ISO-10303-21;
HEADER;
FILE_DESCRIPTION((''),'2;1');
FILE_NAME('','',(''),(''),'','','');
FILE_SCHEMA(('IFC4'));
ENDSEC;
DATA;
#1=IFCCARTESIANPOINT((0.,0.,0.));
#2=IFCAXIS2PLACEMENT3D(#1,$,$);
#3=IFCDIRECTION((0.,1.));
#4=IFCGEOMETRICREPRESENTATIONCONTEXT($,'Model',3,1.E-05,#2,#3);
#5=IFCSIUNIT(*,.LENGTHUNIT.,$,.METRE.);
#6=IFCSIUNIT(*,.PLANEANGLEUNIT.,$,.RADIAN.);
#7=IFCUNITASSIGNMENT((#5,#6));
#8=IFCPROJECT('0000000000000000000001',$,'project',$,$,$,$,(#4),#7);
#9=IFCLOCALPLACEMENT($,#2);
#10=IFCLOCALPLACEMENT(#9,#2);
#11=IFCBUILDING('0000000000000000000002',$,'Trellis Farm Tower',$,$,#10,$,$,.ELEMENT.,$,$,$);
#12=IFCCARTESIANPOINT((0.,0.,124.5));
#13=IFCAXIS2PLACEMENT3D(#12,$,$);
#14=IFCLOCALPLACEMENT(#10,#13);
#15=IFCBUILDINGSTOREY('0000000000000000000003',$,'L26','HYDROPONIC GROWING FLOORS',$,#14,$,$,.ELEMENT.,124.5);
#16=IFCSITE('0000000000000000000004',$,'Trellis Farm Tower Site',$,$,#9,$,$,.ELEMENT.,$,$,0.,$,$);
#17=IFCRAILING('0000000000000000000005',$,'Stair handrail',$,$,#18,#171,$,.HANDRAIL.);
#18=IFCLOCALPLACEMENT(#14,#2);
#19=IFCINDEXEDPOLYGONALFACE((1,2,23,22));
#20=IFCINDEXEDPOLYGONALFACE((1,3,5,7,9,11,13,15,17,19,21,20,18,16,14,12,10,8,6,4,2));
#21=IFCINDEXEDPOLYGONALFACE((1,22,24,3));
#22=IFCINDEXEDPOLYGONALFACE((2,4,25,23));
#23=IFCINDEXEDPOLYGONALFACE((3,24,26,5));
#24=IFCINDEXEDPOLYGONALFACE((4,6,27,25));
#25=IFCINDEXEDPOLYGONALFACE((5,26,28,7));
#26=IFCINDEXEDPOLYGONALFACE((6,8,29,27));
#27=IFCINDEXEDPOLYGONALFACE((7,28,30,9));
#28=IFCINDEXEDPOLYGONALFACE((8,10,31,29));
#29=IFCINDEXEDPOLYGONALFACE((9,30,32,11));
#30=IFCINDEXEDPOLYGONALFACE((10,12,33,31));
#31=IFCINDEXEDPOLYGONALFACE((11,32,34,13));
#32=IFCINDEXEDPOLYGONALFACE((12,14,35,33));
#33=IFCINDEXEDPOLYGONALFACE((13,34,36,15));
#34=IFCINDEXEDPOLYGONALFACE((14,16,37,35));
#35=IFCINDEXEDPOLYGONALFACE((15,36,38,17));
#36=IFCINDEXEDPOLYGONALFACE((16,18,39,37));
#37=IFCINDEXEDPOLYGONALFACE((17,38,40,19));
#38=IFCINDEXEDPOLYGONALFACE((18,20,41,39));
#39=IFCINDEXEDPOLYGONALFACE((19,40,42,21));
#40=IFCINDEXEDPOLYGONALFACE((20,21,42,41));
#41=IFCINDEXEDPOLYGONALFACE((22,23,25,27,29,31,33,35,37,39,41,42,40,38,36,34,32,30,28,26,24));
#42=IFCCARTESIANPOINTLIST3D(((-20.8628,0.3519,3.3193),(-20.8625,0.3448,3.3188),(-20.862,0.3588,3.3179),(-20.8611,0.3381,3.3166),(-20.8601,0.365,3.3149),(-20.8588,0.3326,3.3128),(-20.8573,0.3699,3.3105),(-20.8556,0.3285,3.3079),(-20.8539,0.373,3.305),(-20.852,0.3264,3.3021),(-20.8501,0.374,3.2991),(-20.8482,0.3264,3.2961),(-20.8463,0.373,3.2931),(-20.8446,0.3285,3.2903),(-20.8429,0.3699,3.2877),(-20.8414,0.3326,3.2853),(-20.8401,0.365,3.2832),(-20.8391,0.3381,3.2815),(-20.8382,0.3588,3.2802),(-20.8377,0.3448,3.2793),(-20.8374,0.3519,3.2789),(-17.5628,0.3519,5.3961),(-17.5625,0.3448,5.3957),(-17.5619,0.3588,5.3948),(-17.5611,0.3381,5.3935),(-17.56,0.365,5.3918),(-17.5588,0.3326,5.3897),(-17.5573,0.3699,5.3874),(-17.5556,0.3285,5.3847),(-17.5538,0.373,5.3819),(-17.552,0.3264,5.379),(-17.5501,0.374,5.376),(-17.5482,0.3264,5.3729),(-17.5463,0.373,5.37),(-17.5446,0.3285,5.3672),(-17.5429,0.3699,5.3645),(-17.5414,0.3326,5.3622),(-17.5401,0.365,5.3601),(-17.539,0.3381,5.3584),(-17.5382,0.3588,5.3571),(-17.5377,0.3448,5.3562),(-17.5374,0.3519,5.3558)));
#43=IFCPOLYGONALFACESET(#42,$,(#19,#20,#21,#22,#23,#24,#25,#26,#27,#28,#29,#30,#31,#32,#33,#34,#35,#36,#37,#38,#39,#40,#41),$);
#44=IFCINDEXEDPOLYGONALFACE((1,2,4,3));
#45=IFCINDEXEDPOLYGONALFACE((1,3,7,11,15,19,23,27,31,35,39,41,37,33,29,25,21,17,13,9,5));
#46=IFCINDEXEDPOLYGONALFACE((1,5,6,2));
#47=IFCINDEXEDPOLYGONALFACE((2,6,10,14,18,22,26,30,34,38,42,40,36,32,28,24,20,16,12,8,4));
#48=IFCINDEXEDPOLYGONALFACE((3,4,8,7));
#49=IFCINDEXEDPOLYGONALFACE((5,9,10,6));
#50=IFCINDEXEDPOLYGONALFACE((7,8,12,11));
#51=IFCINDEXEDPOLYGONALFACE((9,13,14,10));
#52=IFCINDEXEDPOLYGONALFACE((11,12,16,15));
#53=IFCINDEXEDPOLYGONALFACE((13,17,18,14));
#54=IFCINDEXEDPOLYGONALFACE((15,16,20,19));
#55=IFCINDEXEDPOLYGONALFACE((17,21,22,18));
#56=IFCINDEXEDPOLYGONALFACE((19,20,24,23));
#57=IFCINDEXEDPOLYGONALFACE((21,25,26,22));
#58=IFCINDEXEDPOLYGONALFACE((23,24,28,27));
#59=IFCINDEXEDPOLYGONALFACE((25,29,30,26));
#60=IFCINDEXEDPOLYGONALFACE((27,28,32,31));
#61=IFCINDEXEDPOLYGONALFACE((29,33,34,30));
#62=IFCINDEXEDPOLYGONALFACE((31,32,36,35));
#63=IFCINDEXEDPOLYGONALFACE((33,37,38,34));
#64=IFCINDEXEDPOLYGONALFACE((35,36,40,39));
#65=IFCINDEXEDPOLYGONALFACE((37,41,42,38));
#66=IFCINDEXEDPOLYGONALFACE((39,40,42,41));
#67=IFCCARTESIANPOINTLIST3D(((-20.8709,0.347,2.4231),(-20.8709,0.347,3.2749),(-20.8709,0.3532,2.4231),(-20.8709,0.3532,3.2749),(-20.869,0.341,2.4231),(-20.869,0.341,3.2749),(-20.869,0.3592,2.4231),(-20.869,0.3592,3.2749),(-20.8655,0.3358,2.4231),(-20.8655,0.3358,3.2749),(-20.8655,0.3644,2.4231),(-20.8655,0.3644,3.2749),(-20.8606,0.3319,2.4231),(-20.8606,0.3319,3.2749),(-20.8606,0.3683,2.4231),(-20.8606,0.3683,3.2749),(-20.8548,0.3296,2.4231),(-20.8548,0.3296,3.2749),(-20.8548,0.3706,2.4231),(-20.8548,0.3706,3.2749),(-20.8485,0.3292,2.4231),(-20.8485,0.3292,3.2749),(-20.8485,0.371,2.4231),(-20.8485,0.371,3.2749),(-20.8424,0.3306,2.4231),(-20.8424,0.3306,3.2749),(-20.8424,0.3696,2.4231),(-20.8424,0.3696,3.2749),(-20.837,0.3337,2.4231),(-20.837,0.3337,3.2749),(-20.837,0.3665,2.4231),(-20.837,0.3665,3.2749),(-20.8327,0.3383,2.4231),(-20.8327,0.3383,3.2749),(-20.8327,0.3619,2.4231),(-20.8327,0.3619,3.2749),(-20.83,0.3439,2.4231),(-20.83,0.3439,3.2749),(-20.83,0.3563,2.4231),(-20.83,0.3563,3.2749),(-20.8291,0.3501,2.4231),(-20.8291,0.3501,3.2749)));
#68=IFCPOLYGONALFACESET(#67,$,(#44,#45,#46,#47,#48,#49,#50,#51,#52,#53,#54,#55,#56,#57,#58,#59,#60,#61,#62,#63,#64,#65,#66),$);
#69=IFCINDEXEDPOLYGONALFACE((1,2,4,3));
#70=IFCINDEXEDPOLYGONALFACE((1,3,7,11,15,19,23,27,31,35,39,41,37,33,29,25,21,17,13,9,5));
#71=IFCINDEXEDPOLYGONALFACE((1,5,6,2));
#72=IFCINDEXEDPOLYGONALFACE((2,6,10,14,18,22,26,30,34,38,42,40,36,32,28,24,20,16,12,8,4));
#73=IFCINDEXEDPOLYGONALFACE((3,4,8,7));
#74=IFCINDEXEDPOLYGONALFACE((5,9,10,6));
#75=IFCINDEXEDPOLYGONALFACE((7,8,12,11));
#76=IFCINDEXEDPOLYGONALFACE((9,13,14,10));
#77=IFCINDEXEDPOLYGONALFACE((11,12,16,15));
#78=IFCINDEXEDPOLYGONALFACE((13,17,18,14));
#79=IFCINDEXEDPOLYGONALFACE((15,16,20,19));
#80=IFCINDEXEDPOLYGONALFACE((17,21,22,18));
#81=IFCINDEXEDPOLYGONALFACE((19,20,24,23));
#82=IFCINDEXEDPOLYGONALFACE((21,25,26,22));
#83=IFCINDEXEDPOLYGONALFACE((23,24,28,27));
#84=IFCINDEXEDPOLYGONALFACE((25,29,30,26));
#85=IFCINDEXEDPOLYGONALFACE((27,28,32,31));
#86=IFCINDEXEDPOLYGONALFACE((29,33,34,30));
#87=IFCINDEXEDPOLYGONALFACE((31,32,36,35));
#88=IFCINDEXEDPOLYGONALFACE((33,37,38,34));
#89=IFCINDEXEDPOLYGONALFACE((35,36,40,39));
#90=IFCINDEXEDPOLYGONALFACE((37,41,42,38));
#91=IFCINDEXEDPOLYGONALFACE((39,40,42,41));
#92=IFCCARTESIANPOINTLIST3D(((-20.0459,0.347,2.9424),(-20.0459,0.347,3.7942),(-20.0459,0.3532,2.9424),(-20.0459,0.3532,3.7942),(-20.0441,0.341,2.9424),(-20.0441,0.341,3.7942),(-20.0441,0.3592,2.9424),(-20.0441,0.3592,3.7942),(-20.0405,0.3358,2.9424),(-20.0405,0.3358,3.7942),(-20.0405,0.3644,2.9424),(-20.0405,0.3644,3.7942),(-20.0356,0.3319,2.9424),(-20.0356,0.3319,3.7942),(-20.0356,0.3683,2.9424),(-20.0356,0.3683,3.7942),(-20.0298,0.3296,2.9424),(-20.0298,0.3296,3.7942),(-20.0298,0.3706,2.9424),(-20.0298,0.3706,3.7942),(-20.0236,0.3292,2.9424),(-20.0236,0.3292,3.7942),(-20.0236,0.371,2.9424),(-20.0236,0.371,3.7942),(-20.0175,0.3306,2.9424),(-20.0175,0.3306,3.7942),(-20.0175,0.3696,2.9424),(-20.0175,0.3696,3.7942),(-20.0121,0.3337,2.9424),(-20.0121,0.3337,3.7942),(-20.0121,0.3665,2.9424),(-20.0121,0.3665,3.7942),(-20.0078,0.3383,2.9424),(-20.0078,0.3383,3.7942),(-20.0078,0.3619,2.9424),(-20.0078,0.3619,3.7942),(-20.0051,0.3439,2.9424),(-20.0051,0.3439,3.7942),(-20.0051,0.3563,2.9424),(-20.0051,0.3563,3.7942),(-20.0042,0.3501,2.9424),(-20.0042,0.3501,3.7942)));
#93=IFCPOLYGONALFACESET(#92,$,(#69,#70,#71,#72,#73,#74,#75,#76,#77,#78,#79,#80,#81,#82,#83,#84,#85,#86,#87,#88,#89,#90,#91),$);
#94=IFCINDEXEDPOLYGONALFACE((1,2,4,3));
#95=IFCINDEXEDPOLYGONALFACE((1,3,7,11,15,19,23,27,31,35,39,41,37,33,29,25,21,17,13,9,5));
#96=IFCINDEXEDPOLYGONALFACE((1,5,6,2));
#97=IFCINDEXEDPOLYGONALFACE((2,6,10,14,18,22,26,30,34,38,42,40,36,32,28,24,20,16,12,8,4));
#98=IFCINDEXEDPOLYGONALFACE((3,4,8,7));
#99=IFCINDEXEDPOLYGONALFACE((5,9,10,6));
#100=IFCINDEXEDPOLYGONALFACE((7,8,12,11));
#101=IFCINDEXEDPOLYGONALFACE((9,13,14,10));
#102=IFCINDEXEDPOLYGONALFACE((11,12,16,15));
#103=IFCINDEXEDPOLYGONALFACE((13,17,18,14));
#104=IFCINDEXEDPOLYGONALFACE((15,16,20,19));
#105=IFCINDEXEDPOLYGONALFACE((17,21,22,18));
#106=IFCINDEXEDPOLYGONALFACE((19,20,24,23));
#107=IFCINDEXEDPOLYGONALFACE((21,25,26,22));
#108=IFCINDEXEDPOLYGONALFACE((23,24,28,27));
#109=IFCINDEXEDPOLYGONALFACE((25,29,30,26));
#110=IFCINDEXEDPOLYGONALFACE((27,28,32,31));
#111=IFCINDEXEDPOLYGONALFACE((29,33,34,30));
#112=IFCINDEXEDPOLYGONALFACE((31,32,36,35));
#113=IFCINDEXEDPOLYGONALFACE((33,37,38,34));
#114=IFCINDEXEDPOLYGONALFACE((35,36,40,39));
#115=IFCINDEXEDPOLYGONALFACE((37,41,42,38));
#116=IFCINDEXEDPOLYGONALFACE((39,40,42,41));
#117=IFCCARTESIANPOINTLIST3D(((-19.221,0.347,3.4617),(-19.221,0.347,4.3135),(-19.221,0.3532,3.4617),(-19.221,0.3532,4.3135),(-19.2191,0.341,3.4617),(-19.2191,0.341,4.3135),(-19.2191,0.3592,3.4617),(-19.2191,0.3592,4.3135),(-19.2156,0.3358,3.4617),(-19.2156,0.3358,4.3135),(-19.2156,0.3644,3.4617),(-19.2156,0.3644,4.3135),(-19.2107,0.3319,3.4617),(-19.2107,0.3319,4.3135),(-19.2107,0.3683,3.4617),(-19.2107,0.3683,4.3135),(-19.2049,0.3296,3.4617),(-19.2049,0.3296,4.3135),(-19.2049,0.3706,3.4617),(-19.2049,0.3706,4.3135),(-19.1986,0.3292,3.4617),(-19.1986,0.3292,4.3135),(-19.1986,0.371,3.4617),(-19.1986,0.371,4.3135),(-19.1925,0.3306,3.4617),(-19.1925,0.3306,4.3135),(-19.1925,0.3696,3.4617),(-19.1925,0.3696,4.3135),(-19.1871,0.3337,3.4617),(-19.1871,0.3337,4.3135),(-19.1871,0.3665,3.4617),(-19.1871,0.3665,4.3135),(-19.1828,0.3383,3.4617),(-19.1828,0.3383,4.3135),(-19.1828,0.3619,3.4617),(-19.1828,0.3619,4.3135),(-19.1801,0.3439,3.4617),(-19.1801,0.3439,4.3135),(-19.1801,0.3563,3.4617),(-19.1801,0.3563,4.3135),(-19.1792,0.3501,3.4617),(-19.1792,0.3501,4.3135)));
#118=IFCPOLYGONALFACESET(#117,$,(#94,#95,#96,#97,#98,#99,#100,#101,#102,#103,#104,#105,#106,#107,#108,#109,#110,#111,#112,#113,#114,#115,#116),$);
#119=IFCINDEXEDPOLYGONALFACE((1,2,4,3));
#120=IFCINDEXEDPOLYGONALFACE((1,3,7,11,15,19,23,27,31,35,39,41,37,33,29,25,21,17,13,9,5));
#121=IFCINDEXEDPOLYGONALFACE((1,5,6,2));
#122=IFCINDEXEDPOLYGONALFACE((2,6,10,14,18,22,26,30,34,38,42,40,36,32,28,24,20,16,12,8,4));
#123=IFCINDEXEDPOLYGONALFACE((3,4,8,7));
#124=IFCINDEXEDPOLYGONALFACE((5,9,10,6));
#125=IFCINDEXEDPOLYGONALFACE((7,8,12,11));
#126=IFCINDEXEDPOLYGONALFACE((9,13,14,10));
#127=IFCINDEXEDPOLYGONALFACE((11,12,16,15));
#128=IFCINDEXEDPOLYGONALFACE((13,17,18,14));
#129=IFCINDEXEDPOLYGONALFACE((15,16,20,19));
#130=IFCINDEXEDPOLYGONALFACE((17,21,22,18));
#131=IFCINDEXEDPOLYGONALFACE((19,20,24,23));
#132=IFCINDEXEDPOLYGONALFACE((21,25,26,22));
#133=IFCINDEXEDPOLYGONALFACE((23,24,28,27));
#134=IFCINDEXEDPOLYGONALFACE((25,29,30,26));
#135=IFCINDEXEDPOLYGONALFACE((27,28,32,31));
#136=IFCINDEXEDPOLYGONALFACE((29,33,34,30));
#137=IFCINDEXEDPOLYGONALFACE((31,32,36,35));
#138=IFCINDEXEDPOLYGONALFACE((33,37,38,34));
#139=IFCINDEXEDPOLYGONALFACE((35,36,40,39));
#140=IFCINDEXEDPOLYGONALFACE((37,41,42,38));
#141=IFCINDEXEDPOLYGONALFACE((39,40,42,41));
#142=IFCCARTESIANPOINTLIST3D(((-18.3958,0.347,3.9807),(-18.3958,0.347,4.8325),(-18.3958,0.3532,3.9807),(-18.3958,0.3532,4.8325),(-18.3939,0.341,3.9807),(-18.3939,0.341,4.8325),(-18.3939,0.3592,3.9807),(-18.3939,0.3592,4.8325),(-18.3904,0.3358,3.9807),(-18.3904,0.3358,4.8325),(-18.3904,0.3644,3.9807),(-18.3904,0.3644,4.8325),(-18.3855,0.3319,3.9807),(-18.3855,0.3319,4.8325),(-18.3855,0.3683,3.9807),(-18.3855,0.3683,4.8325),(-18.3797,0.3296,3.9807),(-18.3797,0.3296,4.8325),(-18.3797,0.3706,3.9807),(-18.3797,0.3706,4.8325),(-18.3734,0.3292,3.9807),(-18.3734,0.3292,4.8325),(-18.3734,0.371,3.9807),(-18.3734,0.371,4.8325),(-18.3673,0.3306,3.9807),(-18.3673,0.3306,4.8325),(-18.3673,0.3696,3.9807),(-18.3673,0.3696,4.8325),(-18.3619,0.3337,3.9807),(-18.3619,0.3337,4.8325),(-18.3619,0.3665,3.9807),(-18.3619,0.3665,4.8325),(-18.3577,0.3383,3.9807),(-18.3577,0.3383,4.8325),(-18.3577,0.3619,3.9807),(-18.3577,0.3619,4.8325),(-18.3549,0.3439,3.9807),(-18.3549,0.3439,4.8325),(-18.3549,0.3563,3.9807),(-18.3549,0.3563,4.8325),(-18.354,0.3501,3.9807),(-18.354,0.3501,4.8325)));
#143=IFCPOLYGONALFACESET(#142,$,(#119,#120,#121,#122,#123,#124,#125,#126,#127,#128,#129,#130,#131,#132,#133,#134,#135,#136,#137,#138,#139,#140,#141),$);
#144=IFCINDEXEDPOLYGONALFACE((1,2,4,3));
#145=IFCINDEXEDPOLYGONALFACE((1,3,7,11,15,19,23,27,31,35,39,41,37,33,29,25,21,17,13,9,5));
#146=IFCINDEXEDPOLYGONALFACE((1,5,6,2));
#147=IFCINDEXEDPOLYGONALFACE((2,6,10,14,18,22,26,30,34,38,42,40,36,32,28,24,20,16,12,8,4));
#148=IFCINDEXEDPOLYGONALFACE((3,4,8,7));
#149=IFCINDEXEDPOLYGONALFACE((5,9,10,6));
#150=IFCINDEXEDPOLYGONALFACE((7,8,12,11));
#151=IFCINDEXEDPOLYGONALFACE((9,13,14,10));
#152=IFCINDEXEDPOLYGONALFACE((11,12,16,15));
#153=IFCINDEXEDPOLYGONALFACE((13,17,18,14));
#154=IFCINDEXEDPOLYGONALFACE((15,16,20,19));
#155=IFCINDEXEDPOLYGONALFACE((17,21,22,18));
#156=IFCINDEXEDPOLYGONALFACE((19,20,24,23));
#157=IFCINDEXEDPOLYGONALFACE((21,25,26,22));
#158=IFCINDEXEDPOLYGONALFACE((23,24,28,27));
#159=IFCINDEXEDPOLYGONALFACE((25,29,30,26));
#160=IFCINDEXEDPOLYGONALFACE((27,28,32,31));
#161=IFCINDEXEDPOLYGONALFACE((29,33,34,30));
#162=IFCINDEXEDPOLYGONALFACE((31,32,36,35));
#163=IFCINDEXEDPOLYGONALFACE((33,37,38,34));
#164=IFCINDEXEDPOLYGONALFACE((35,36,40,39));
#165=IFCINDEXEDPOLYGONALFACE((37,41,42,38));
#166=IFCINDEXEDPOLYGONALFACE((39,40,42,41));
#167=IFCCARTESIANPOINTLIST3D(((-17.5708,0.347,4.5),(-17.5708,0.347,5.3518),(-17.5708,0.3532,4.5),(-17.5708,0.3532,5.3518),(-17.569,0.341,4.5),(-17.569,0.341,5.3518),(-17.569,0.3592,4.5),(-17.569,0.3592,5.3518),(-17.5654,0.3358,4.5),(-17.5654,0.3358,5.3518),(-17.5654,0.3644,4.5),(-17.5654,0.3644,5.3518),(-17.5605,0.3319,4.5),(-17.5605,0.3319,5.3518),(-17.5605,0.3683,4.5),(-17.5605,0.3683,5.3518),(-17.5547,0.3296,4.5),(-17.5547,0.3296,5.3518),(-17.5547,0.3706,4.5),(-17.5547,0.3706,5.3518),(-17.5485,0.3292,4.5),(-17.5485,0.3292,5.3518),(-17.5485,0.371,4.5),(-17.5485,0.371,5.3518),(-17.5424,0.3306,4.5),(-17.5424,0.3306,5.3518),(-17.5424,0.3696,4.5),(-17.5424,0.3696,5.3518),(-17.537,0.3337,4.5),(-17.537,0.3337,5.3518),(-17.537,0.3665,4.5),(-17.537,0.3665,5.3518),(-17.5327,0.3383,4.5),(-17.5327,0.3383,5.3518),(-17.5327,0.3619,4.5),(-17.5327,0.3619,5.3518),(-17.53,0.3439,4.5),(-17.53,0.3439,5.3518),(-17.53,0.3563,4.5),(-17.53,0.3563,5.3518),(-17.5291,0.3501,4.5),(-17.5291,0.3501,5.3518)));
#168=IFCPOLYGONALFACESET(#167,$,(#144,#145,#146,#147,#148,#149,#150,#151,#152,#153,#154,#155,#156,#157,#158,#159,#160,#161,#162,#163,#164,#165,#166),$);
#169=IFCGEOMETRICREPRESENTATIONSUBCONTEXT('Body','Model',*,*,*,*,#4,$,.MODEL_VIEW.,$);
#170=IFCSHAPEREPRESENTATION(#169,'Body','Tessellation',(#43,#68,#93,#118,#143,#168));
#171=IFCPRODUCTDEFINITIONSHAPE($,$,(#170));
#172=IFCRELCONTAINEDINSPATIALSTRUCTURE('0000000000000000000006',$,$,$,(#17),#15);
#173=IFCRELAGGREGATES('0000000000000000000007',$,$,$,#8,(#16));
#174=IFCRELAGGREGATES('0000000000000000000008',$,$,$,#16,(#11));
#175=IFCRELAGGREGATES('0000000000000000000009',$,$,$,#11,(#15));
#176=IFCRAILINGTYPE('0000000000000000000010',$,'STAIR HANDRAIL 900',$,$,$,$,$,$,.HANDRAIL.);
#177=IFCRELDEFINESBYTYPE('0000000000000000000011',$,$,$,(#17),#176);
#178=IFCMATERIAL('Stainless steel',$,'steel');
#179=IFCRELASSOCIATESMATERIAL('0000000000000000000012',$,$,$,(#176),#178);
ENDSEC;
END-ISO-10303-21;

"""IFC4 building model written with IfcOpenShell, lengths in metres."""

from ifc_helpers import new_model, si_unit, direction, frame, origin, origin_2d, place, context, subcontext, project, spatial, circle, extrude, source, transform, mapped, material, type_object, element, save


model = new_model("IFC4")

# Units and contexts
model_context = context("Model", 3, precision=1e-05, world=origin(), true_north=direction((0.0, 1.0)))
body_context = subcontext(model_context, "Body", "Model", "MODEL_VIEW")
ifc_project = project(units=[si_unit("LENGTHUNIT", "METRE"), si_unit("PLANEANGLEUNIT", "RADIAN")], contexts=[model_context])

# Site, building, storey
site_placement = place(None, origin())
site = spatial("IfcSite", under=ifc_project, at=site_placement, Name="Trellis Farm Tower Site", CompositionType="ELEMENT", RefElevation=0.0)
building_placement = place(site_placement, origin())
building = spatial("IfcBuilding", under=site, at=building_placement, Name="Trellis Farm Tower", CompositionType="ELEMENT")
storey_placement = place(building_placement, frame((0.0, 0.0, 124.5)))
storey = spatial("IfcBuildingStorey", under=building, at=storey_placement, Name="L26", Description="HYDROPONIC GROWING FLOORS", CompositionType="ELEMENT", Elevation=124.5)

# Railing
ifc_material_1 = material(Name="Stainless steel", Category="steel")
railing_type = type_object("IfcRailingType", Name="STAIR HANDRAIL 900", PredefinedType="HANDRAIL", material=ifc_material_1)
shared_shape_1 = source(origin(), body_context, "Body", "SweptSolid", [
    extrude(circle(Radius=0.0239, at=origin_2d()), frame((0.0, 0.0, 0.876), z_axis=(0.846337, 0.0, 0.532647), x_axis=(0.0, 1.0, 0.0)), (0.0, 0.0, 1.0), 3.8992),
    extrude(circle(Radius=0.021, at=origin_2d()), origin(), (0.0, 0.0, 1.0), 0.8518),
    extrude(circle(Radius=0.021, at=origin_2d()), frame((0.825, 0.0, 0.5193)), (0.0, 0.0, 1.0), 0.8518),
    extrude(circle(Radius=0.021, at=origin_2d()), frame((1.6499, 0.0, 1.0386)), (0.0, 0.0, 1.0), 0.8518),
    extrude(circle(Radius=0.021, at=origin_2d()), frame((2.4751, 0.0, 1.5576)), (0.0, 0.0, 1.0), 0.8518),
    extrude(circle(Radius=0.021, at=origin_2d()), frame((3.3, 0.0, 2.0769)), (0.0, 0.0, 1.0), 0.8518),
])
for number, where, name in (
    (1, (-20.8501, 0.3501, 2.4231), "Stair handrail"),
):
    element("IfcRailing", number, at=place(storey_placement, frame(where)), inside=storey, type_object=railing_type, Name=name, PredefinedType="HANDRAIL", context=body_context, shape_type="MappedRepresentation", body=[
        mapped(shared_shape_1, transform((0.0, 0.0, 0.0))),
    ])

save(model, "model.ifc")
